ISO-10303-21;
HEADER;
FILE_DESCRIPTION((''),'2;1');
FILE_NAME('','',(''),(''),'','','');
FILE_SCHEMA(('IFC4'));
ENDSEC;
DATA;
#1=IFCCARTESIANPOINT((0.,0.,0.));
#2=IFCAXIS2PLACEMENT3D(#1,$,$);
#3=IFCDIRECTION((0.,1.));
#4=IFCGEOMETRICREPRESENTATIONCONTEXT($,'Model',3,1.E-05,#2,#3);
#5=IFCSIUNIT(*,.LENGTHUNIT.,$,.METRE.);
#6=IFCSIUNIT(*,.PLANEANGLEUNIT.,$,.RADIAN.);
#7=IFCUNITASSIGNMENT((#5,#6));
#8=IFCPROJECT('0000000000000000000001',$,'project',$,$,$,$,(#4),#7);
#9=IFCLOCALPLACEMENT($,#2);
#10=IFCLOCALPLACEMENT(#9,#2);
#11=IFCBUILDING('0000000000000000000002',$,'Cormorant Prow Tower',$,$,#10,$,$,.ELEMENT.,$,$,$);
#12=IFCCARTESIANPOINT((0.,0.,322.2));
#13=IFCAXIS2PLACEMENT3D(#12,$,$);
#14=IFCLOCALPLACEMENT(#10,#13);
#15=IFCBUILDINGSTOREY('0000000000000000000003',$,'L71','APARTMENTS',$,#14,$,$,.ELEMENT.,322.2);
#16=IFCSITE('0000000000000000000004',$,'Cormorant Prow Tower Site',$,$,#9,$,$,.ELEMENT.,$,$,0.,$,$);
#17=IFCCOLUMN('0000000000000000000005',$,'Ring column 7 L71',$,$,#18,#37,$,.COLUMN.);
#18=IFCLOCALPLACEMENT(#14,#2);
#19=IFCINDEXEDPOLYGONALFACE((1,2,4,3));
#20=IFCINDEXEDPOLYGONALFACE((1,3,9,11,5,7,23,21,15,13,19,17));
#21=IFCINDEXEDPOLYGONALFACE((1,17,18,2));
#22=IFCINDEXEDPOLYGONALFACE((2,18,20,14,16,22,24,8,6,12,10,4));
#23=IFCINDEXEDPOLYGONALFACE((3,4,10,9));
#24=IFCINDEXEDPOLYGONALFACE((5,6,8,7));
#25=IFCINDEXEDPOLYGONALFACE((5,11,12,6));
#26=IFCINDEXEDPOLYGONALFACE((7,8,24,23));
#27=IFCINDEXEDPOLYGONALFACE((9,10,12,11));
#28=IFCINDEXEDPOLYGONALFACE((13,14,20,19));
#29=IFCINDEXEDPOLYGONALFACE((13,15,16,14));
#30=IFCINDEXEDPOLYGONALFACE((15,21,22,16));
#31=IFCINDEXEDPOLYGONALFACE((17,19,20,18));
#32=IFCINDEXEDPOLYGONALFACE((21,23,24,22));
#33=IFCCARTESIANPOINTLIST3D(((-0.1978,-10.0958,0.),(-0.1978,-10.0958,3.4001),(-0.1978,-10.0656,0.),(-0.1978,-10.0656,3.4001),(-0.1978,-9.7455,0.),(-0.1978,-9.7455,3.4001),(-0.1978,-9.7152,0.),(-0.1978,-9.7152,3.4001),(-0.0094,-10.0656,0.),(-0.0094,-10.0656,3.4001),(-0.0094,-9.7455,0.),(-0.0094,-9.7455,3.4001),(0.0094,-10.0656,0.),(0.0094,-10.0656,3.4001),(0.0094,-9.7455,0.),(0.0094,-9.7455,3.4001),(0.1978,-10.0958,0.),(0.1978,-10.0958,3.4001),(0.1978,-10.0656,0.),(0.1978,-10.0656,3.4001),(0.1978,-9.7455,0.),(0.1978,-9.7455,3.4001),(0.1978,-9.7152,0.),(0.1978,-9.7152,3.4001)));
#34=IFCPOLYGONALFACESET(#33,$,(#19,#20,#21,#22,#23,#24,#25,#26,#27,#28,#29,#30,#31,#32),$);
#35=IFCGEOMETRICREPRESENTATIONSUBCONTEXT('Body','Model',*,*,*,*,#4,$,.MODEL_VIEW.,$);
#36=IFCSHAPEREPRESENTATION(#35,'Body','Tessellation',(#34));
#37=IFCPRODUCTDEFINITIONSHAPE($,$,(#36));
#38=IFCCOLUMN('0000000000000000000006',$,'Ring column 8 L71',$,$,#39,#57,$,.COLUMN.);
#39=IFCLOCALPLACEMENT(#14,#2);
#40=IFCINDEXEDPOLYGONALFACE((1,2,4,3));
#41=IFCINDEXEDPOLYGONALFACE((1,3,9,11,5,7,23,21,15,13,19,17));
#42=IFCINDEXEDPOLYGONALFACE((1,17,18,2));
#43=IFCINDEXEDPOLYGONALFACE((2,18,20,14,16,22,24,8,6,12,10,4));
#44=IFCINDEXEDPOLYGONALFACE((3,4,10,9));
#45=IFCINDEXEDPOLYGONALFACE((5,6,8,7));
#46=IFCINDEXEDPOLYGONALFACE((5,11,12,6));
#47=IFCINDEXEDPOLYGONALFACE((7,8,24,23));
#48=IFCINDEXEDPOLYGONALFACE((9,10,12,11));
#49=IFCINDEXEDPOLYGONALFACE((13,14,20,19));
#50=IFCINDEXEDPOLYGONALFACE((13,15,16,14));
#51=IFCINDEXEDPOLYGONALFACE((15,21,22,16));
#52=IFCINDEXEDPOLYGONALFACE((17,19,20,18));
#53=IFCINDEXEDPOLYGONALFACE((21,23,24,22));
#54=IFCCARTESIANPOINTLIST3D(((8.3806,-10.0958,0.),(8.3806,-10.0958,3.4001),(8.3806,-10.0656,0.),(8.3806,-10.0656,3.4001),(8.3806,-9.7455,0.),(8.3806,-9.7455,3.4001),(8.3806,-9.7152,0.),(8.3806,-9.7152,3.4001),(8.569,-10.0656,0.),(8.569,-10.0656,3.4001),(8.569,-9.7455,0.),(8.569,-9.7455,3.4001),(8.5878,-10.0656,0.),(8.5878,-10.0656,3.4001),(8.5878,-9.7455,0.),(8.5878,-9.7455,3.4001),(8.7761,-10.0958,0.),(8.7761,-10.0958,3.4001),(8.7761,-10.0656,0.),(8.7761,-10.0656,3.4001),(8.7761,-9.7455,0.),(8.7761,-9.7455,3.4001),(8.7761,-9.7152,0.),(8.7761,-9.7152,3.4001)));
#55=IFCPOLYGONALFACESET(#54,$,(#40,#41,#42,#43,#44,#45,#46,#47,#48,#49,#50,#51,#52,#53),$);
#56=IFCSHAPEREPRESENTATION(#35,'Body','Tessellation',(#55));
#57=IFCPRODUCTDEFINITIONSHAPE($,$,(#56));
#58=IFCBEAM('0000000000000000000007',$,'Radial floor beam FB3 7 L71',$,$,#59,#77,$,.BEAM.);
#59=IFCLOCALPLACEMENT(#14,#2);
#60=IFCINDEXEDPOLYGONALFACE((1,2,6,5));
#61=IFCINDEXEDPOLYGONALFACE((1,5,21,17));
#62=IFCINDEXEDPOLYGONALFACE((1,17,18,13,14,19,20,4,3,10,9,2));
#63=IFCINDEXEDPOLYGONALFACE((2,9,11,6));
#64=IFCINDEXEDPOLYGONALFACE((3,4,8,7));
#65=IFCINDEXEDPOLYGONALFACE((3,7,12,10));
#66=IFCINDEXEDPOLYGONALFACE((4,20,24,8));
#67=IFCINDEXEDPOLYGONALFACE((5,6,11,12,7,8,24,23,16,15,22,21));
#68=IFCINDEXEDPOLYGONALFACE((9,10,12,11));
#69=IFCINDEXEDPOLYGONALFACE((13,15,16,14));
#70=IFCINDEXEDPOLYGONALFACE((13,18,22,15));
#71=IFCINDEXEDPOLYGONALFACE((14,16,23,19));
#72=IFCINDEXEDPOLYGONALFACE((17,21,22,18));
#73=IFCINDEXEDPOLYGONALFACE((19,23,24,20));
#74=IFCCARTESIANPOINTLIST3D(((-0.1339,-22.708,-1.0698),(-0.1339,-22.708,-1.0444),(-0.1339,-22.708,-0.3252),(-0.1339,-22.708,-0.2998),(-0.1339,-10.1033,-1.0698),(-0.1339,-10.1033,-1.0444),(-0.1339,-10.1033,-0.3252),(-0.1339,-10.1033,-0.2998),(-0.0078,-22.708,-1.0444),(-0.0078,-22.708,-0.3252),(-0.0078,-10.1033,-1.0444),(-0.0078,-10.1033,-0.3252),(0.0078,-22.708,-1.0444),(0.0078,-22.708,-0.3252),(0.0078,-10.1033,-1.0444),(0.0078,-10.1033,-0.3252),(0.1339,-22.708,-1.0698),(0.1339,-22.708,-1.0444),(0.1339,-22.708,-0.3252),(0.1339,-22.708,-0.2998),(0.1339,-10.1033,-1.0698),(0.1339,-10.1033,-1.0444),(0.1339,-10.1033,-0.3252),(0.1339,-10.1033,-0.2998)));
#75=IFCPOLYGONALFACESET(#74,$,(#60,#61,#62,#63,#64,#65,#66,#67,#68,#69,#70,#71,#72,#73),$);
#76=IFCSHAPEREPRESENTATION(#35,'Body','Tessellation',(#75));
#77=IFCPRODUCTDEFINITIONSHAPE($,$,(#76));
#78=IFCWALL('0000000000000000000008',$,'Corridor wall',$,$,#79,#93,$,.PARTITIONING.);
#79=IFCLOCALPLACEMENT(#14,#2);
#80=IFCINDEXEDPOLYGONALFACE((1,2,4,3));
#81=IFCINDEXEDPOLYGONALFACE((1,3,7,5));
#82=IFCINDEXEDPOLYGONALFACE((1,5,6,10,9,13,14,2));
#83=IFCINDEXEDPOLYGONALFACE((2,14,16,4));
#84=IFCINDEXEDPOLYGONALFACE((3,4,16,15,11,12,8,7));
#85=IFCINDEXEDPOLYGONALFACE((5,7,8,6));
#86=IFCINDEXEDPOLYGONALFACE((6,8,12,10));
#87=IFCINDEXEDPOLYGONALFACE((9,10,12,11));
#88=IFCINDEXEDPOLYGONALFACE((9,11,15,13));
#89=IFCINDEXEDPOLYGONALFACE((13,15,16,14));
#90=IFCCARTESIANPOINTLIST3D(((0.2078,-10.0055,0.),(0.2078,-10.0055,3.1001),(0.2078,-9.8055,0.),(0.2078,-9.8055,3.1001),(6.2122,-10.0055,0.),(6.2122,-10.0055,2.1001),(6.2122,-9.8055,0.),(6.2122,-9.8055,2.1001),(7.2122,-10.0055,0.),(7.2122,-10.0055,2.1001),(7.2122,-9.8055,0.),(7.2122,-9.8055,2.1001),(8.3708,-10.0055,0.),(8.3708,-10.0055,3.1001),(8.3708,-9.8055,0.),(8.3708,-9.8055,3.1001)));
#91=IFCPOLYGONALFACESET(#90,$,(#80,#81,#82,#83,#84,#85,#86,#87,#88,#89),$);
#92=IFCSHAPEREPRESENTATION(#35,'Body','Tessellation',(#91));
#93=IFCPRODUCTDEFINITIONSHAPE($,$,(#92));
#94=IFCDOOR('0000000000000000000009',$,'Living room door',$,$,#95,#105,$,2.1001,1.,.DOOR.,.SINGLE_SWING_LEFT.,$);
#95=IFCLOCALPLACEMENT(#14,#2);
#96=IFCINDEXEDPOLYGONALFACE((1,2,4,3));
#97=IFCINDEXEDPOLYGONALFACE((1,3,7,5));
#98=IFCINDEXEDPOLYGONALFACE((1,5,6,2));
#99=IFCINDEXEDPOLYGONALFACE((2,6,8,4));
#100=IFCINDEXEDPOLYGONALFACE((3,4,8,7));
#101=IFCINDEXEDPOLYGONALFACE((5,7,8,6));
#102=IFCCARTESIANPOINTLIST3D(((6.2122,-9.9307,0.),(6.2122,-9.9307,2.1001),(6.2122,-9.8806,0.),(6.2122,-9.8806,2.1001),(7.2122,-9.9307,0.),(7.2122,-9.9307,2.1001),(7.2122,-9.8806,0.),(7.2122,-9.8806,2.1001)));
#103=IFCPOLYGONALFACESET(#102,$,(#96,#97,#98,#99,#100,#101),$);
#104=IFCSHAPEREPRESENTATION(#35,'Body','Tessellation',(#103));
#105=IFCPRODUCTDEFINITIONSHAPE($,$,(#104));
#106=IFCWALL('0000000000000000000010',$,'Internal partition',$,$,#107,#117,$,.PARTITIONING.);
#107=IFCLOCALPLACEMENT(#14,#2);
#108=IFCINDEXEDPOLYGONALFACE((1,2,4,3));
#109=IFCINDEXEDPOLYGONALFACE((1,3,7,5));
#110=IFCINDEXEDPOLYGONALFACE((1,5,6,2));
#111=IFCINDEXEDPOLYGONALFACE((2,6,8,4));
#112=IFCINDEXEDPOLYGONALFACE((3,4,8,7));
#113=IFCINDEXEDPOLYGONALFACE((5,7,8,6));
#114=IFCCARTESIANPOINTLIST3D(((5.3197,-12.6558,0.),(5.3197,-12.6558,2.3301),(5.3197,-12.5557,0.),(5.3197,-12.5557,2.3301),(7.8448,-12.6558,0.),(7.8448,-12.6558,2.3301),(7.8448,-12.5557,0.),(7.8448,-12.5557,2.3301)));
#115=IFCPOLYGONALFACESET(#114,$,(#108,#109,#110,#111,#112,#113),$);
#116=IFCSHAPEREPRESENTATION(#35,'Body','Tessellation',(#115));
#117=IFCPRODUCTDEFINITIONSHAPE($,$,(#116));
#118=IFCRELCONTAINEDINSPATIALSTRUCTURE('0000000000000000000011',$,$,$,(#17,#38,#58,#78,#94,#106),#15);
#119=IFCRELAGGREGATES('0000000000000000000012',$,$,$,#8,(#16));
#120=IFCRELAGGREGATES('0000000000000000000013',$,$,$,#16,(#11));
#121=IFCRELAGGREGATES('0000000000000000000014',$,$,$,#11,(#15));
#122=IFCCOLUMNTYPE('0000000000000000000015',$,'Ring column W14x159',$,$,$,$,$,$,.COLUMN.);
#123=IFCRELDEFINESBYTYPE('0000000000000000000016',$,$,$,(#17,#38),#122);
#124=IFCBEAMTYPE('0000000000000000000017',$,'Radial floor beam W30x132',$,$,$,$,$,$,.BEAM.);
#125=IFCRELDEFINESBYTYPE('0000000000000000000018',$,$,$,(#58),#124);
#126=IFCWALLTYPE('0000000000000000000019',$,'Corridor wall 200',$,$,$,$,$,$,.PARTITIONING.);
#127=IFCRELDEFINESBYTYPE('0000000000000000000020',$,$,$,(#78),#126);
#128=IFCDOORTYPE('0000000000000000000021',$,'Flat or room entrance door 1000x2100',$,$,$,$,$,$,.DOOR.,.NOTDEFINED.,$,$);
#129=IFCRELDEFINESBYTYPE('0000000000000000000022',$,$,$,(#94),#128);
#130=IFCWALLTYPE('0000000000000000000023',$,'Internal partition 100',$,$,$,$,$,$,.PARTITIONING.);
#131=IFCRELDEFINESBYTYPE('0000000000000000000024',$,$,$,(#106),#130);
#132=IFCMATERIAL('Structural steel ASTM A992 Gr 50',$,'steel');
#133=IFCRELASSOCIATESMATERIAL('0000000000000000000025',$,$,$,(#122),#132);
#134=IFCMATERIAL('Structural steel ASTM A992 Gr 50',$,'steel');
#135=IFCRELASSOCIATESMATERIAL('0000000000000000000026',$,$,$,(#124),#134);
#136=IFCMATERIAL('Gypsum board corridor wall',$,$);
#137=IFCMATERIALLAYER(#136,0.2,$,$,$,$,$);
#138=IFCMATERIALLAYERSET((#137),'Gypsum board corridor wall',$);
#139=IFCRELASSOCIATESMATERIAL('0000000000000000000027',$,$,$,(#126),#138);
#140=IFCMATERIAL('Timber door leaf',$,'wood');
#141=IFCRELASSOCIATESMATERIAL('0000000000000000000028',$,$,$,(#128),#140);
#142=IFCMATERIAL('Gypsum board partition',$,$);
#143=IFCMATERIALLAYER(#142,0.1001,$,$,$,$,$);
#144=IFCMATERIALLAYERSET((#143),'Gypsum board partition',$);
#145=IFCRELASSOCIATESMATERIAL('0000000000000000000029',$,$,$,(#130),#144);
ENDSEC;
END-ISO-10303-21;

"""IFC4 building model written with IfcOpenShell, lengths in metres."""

from ifc_helpers import new_model, si_unit, direction, frame, frame_2d, origin, origin_2d, place, context, subcontext, project, spatial, rectangle, i_section, extrude, material, layer, layer_set, material_profile, profile_set, type_object, element, fill, save


model = new_model("IFC4")

# Units and contexts
model_context = context("Model", 3, precision=1e-05, world=origin(), true_north=direction((0.0, 1.0)))
body_context = subcontext(model_context, "Body", "Model", "MODEL_VIEW")
ifc_project = project(units=[si_unit("LENGTHUNIT", "METRE"), si_unit("PLANEANGLEUNIT", "RADIAN")], contexts=[model_context])

# Site, building, storey
site_placement = place(None, origin())
site = spatial("IfcSite", under=ifc_project, at=site_placement, Name="Cormorant Prow Tower Site", CompositionType="ELEMENT", RefElevation=0.0)
building_placement = place(site_placement, origin())
building = spatial("IfcBuilding", under=site, at=building_placement, Name="Cormorant Prow Tower", CompositionType="ELEMENT")
storey_placement = place(building_placement, frame((0.0, 0.0, 322.2)))
storey = spatial("IfcBuildingStorey", under=building, at=storey_placement, Name="L71", Description="APARTMENTS", CompositionType="ELEMENT", Elevation=322.2)

# Columns
ifc_material_1 = material(Name="Structural steel ASTM A992 Gr 50", Category="steel")
ifc_material_profile_1 = material_profile(ifc_material_1, i_section(OverallWidth=0.3955, OverallDepth=0.3806, WebThickness=0.0188, FlangeThickness=0.0303, at=origin_2d()), Name="W14x159")
ifc_profile_set_1 = profile_set([ifc_material_profile_1], Name="Structural steel ASTM A992 Gr 50")
column_type = type_object("IfcColumnType", Name="Ring column W14x159", PredefinedType="COLUMN", material=ifc_profile_set_1)
for number, where, z_axis, x_axis, name in (
    (1, (0.0, -9.9055, 0.0), (0.0, 0.0, 1.0), (1.0, 0.0, 0.0), "Ring column 7 L71"),
    (2, (8.5784, -9.9055, 0.0), (0.0, 0.0, 1.0), (1.0, 0.0, 0.0), "Ring column 8 L71"),
):
    element("IfcColumn", number, at=place(storey_placement, frame(where, z_axis=z_axis, x_axis=x_axis)), inside=storey, type_object=column_type, Name=name, PredefinedType="COLUMN", context=body_context, shape_type="SweptSolid", body=[
        extrude(i_section(OverallWidth=0.3955, OverallDepth=0.3806, WebThickness=0.0188, FlangeThickness=0.0303, at=origin_2d()), origin(), (0.0, 0.0, 1.0), 3.4001),
    ])

# Beam
ifc_material_2 = material(Name="Structural steel ASTM A992 Gr 50", Category="steel")
ifc_material_profile_2 = material_profile(ifc_material_2, i_section(OverallWidth=0.2678, OverallDepth=0.77, WebThickness=0.0156, FlangeThickness=0.0254, at=origin_2d()), Name="W30x132")
ifc_profile_set_2 = profile_set([ifc_material_profile_2], Name="Structural steel ASTM A992 Gr 50")
beam_type = type_object("IfcBeamType", Name="Radial floor beam W30x132", PredefinedType="BEAM", material=ifc_profile_set_2)
beam_placement = place(storey_placement, frame((0.0, -10.1033, -0.6848), z_axis=(0.0, -1.0, 0.0), x_axis=(1.0, 0.0, 0.0)))
element("IfcBeam", 3, at=beam_placement, inside=storey, type_object=beam_type, Name="Radial floor beam FB3 7 L71", PredefinedType="BEAM", context=body_context, shape_type="SweptSolid", body=[
    extrude(i_section(OverallWidth=0.2678, OverallDepth=0.77, WebThickness=0.0156, FlangeThickness=0.0254, at=origin_2d()), origin(), (0.0, 0.0, 1.0), 12.6047),
])

# Wall, opening, door
ifc_material_3 = material(Name="Gypsum board corridor wall")
ifc_layer_1 = layer(ifc_material_3, 0.2)
ifc_layer_set_1 = layer_set([ifc_layer_1], Name="Gypsum board corridor wall")
wall_type_1 = type_object("IfcWallType", Name="Corridor wall 200", PredefinedType="PARTITIONING", material=ifc_layer_set_1)
wall_1_placement = place(storey_placement, frame((0.2078, -9.9055, 0.0), z_axis=(0.0, 0.0, 1.0), x_axis=(1.0, 0.0, 0.0)))
wall_1 = element("IfcWall", 4, at=wall_1_placement, inside=storey, type_object=wall_type_1, Name="Corridor wall", PredefinedType="PARTITIONING", context=body_context, shape_type="SweptSolid", body=[
    extrude(rectangle(XDim=8.1631, YDim=0.2, at=frame_2d((4.0815, 0.0))), origin(), (0.0, 0.0, 1.0), 3.1001),
])
opening_1_placement = place(wall_1_placement, frame((6.0044, 0.0, 0.0)))
opening_1 = element("IfcOpeningElement", 5, at=opening_1_placement, cuts=wall_1, PredefinedType="OPENING", context=body_context, shape_type="SweptSolid", body=[
    extrude(rectangle(XDim=1.0, YDim=2.1001, at=frame_2d((0.5, 1.05))), frame((0.0, 0.1099, 0.0), z_axis=(0.0, -1.0, 0.0), x_axis=(1.0, 0.0, 0.0)), (0.0, 0.0, 1.0), 0.22),
])
ifc_material_4 = material(Name="Timber door leaf", Category="wood")
door_type_1 = type_object("IfcDoorType", Name="Flat or room entrance door 1000x2100", OperationType="NOTDEFINED", PredefinedType="DOOR", material=ifc_material_4)
door_1_placement = place(opening_1_placement, origin())
door_1 = element("IfcDoor", 6, at=door_1_placement, inside=storey, type_object=door_type_1, Name="Living room door", OperationType="SINGLE_SWING_LEFT", OverallHeight=2.1001, OverallWidth=1.0, PredefinedType="DOOR", context=body_context, shape_type="SweptSolid", body=[
    extrude(rectangle(XDim=1.0, YDim=2.1001, at=frame_2d((0.5, 1.05))), frame((0.0, 0.0249, 0.0), z_axis=(0.0, -1.0, 0.0), x_axis=(1.0, 0.0, 0.0)), (0.0, 0.0, 1.0), 0.05),
])
fill(opening_1, door_1)

# Wall
ifc_material_5 = material(Name="Gypsum board partition")
ifc_layer_2 = layer(ifc_material_5, 0.1001)
ifc_layer_set_2 = layer_set([ifc_layer_2], Name="Gypsum board partition")
wall_type_2 = type_object("IfcWallType", Name="Internal partition 100", PredefinedType="PARTITIONING", material=ifc_layer_set_2)
wall_2_placement = place(storey_placement, frame((5.3196, -12.6057, 0.0), z_axis=(0.0, 0.0, 1.0), x_axis=(1.0, 0.0, 0.0)))
element("IfcWall", 7, at=wall_2_placement, inside=storey, type_object=wall_type_2, Name="Internal partition", PredefinedType="PARTITIONING", context=body_context, shape_type="SweptSolid", body=[
    extrude(rectangle(XDim=2.5251, YDim=0.1001, at=frame_2d((1.2627, 0.0))), origin(), (0.0, 0.0, 1.0), 2.3301),
])

save(model, "model.ifc")
